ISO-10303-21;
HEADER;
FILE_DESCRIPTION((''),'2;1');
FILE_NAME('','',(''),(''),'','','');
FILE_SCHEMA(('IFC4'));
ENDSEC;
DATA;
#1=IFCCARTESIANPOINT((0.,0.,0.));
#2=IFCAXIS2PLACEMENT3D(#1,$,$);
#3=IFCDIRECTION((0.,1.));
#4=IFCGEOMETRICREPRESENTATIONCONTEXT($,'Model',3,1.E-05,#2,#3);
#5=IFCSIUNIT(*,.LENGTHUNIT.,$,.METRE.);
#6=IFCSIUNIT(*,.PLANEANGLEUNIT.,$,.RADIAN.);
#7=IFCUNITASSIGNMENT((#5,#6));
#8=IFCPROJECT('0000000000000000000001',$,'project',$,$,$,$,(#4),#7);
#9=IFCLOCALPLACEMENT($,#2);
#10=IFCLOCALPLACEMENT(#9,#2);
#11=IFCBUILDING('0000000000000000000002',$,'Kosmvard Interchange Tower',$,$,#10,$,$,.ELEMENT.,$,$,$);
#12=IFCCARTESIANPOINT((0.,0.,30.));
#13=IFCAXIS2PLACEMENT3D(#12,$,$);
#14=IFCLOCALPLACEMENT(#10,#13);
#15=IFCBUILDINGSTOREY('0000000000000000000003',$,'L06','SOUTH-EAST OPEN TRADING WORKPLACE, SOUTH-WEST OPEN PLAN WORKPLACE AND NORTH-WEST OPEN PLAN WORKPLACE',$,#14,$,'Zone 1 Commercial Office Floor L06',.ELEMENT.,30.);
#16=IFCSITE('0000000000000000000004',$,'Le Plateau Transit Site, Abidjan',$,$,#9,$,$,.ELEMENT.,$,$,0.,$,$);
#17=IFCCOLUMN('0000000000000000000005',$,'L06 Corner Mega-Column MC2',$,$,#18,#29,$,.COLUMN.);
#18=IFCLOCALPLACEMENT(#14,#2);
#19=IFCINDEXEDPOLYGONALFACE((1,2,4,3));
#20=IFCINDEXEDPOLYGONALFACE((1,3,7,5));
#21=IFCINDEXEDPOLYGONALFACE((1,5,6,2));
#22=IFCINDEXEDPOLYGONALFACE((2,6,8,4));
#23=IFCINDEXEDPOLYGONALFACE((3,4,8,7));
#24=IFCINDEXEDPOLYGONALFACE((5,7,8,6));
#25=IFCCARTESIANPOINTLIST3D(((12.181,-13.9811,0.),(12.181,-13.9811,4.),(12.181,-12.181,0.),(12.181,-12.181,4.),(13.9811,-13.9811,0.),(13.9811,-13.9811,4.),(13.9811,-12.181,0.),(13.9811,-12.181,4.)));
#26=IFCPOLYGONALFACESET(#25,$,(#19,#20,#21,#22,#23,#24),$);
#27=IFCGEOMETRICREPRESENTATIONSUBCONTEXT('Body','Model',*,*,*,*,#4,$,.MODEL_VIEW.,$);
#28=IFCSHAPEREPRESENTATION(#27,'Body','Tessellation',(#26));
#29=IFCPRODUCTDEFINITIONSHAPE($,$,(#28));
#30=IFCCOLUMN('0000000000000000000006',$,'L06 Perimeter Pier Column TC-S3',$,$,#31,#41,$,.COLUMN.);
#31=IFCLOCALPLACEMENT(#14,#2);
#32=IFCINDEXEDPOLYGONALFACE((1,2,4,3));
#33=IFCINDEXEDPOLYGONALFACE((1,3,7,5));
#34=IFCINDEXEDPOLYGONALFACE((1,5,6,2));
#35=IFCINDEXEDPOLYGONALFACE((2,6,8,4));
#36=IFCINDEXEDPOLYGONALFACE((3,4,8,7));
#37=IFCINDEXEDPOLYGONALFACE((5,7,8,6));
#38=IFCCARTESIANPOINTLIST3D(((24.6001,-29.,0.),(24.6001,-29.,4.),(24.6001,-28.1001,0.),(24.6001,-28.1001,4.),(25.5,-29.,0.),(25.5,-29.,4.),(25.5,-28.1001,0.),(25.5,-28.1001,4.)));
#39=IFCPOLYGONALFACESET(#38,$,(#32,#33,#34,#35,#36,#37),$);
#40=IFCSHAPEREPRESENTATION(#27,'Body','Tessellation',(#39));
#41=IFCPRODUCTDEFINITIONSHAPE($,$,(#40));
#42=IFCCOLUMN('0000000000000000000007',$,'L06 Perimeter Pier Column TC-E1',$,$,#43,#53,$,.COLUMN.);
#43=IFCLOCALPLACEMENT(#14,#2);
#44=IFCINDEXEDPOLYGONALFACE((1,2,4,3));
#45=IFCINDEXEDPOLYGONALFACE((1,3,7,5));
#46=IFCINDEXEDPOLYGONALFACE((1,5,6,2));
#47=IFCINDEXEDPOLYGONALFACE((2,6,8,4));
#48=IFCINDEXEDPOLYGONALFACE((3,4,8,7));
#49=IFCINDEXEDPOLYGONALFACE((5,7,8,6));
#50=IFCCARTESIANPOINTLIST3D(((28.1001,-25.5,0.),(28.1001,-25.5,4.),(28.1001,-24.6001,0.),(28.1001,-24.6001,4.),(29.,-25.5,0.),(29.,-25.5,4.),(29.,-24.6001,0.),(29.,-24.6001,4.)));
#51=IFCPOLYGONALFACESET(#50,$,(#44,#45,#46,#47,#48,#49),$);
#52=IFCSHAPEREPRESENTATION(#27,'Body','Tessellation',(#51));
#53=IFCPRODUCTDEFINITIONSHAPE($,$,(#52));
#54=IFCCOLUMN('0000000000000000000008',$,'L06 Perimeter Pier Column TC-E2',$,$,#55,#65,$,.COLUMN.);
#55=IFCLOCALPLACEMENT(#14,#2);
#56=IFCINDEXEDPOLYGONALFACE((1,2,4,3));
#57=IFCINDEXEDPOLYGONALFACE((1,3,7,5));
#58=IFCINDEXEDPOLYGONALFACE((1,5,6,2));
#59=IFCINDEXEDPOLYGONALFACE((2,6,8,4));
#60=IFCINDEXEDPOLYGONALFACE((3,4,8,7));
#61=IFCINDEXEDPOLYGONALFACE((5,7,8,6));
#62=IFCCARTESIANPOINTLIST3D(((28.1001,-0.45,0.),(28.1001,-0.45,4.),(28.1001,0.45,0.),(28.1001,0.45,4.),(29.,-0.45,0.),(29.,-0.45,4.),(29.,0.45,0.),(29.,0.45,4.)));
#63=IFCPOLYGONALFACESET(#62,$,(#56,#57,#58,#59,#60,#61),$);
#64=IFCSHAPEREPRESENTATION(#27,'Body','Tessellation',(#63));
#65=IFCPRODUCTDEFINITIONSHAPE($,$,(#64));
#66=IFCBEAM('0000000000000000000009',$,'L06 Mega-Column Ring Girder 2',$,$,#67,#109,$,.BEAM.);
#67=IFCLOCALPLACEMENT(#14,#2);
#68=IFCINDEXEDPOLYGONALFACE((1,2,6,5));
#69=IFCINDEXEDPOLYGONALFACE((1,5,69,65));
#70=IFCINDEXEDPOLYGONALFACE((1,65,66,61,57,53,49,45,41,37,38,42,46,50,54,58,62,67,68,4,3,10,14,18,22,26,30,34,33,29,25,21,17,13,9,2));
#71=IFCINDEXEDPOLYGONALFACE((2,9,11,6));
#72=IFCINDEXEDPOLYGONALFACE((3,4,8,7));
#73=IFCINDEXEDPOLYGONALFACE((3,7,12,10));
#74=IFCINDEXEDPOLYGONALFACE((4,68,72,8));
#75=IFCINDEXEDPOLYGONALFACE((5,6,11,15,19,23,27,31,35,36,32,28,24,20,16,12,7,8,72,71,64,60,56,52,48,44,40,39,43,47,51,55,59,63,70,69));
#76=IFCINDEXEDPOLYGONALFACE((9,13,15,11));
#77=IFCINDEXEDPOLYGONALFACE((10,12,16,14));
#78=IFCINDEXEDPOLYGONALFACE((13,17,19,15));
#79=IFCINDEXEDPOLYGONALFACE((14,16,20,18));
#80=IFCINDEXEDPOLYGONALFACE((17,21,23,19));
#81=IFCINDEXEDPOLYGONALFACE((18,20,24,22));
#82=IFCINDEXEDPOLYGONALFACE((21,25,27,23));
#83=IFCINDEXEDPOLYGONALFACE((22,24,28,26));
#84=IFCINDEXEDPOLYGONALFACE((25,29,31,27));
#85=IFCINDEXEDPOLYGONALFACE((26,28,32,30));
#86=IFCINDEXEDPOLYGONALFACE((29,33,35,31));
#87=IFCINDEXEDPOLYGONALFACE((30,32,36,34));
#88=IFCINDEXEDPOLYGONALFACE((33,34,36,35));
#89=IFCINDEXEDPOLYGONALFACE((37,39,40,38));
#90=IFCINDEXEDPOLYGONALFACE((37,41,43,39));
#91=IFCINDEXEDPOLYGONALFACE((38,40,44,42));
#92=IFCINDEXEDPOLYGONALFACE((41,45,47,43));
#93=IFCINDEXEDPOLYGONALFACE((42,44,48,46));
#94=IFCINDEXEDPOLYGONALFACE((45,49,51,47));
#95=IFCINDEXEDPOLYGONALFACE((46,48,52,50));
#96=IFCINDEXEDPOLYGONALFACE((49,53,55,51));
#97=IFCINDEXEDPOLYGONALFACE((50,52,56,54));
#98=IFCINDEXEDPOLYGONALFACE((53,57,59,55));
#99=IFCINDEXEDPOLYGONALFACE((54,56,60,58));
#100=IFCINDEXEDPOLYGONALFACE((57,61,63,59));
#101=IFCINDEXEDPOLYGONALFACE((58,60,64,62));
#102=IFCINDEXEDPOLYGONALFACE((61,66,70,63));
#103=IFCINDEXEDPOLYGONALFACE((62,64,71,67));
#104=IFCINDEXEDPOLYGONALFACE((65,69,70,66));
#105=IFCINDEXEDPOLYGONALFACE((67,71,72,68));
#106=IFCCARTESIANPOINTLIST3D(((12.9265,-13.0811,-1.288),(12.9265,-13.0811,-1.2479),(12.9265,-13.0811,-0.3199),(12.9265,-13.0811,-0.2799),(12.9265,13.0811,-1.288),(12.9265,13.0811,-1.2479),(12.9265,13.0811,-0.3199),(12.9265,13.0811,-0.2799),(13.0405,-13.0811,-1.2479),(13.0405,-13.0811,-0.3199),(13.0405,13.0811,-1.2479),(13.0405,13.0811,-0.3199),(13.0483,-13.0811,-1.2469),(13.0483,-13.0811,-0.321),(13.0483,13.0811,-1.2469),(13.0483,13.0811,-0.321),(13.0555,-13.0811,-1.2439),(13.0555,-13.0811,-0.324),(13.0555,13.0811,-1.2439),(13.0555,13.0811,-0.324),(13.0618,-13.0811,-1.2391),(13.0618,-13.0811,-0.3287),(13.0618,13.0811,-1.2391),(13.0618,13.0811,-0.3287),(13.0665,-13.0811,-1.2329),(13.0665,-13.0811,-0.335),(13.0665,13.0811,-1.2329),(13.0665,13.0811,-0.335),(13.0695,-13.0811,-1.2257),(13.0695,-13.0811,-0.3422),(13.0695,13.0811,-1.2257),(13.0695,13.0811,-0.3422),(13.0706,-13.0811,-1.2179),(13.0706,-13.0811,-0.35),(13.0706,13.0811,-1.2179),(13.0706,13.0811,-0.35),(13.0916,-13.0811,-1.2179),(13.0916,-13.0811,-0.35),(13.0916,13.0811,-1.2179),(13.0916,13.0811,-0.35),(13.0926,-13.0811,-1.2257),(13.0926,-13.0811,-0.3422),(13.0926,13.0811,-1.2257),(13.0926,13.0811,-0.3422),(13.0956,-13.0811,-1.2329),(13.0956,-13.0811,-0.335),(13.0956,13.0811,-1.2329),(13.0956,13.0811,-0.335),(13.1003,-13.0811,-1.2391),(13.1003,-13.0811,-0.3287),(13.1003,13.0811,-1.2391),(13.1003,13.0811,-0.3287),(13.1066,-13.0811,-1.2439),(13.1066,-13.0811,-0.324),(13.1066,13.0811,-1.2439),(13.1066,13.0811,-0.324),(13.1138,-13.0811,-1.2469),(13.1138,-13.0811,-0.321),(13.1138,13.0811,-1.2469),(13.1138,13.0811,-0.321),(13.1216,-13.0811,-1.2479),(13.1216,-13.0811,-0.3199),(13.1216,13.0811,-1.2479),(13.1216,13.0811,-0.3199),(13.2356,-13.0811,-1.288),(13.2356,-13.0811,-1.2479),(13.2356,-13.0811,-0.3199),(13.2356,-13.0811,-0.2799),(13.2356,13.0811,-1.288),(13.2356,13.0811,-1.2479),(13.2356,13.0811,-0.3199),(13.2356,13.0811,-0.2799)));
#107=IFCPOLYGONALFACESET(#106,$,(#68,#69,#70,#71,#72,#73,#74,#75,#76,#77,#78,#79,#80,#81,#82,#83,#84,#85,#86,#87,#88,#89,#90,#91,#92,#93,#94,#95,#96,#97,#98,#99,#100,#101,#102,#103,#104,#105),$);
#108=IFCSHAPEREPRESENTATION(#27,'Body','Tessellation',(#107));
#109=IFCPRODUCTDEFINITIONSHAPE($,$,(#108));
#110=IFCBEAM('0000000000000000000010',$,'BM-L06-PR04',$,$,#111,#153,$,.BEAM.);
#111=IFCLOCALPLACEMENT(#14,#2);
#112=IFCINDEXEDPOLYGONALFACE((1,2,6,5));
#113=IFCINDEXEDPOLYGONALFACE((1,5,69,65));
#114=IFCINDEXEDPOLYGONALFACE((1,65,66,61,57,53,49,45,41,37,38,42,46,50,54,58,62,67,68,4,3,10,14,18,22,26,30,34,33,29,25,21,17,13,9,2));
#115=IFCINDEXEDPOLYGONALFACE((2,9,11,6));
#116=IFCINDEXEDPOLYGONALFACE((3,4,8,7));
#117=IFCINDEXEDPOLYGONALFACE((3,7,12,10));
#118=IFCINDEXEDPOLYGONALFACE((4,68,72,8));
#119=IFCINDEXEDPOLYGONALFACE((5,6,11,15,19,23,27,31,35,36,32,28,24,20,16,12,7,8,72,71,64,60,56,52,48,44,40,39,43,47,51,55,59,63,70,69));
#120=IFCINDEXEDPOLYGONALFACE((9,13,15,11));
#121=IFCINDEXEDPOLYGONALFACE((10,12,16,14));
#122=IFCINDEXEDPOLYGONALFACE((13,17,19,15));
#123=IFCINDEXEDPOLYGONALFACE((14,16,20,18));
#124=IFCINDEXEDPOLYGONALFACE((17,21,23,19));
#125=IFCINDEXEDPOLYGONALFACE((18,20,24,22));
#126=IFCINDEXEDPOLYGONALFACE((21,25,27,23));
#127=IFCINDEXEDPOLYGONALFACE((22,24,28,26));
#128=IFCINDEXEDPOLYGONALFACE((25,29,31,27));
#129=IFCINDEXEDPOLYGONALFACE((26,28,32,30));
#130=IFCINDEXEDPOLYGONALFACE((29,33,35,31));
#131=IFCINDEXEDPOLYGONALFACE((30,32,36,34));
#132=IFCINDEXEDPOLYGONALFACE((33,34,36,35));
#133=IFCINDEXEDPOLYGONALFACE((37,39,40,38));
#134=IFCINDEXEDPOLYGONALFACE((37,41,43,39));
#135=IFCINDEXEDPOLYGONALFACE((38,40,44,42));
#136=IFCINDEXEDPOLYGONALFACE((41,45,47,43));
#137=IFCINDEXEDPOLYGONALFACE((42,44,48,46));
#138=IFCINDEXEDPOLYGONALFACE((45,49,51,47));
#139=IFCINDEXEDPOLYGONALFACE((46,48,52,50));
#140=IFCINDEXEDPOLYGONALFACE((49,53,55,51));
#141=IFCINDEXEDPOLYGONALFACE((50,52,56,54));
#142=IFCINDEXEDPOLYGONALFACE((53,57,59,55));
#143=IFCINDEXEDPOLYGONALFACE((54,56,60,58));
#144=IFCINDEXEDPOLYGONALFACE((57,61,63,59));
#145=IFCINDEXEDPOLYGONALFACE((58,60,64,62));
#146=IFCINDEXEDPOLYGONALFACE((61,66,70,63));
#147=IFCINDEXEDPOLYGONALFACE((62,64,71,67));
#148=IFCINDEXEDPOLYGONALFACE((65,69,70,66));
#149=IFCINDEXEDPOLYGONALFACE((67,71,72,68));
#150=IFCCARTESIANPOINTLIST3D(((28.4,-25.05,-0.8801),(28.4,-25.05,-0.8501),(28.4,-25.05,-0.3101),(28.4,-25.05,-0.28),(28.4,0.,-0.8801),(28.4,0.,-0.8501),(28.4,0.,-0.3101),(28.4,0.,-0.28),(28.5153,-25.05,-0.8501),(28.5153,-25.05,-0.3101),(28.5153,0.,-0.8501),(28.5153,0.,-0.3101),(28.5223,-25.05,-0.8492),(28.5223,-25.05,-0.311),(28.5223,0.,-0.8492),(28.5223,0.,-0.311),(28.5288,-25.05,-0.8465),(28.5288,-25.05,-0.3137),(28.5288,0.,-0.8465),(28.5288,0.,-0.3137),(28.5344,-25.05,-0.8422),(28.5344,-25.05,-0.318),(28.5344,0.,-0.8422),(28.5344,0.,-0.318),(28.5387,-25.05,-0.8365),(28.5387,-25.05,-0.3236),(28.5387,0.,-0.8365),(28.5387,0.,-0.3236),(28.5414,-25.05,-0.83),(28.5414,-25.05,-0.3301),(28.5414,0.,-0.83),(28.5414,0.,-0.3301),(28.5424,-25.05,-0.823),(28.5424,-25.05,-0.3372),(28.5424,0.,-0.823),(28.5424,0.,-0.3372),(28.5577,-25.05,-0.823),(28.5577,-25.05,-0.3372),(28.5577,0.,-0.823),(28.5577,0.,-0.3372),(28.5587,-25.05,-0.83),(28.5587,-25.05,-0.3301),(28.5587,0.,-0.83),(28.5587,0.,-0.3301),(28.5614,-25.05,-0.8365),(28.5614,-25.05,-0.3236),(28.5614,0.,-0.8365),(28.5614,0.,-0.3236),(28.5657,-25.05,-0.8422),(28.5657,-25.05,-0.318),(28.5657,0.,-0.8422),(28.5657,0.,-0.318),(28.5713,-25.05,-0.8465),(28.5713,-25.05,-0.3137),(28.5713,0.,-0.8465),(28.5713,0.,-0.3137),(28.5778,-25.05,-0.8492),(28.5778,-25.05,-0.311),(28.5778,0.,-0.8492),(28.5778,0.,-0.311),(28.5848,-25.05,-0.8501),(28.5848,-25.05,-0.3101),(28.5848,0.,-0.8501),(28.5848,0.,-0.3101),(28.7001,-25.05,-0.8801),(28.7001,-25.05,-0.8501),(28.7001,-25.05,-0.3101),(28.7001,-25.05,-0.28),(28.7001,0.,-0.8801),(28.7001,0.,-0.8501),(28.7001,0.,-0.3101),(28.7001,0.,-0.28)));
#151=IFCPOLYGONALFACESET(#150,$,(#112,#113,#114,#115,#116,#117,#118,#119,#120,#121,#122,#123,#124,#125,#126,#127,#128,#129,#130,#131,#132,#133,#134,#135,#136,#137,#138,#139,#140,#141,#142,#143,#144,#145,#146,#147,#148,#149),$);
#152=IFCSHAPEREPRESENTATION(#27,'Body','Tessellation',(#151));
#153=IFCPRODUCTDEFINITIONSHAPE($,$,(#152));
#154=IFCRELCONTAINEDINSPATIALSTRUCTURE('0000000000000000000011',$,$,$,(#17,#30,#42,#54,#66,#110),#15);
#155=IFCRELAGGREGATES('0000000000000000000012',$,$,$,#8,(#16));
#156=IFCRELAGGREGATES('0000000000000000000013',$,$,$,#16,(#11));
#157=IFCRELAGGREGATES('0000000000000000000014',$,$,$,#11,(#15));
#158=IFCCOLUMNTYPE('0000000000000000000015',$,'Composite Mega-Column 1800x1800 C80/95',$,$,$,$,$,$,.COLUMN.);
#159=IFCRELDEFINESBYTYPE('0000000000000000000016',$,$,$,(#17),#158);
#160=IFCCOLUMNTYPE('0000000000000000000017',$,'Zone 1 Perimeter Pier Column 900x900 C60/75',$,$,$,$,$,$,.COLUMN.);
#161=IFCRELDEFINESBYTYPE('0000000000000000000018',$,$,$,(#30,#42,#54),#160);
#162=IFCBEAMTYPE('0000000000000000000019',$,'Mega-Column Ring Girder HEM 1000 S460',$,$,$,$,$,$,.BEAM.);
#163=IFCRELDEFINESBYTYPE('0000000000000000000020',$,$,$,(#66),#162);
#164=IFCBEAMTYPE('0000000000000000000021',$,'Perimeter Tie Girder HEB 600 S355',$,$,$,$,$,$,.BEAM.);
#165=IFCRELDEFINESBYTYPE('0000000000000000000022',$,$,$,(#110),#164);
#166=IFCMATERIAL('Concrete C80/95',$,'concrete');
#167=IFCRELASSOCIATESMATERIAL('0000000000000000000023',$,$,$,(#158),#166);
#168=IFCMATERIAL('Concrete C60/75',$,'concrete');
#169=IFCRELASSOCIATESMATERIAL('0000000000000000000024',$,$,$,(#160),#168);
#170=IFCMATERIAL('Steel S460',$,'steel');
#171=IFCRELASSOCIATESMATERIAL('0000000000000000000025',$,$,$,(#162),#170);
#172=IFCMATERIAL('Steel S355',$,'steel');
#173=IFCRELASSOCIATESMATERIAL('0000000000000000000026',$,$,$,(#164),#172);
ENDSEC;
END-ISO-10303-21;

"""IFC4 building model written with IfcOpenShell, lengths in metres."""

from ifc_helpers import new_model, si_unit, direction, frame, origin, origin_2d, place, context, subcontext, project, spatial, rectangle, i_section, extrude, source, transform, mapped, material, material_profile, profile_set, type_object, element, save


model = new_model("IFC4")

# Units and contexts
model_context = context("Model", 3, precision=1e-05, world=origin(), true_north=direction((0.0, 1.0)))
body_context = subcontext(model_context, "Body", "Model", "MODEL_VIEW")
ifc_project = project(units=[si_unit("LENGTHUNIT", "METRE"), si_unit("PLANEANGLEUNIT", "RADIAN")], contexts=[model_context])

# Site, building, storey
site_placement = place(None, origin())
site = spatial("IfcSite", under=ifc_project, at=site_placement, Name="Le Plateau Transit Site, Abidjan", CompositionType="ELEMENT", RefElevation=0.0)
building_placement = place(site_placement, origin())
building = spatial("IfcBuilding", under=site, at=building_placement, Name="Kosmvard Interchange Tower", CompositionType="ELEMENT")
storey_placement = place(building_placement, frame((0.0, 0.0, 30.0)))
storey = spatial("IfcBuildingStorey", under=building, at=storey_placement, Name="L06", Description="SOUTH-EAST OPEN TRADING WORKPLACE, SOUTH-WEST OPEN PLAN WORKPLACE AND NORTH-WEST OPEN PLAN WORKPLACE", LongName="Zone 1 Commercial Office Floor L06", CompositionType="ELEMENT", Elevation=30.0)

# Columns
ifc_material_1 = material(Name="Concrete C80/95", Category="concrete")
ifc_material_profile_1 = material_profile(ifc_material_1, rectangle(XDim=1.8, YDim=1.8, at=origin_2d()), Name="MC 1800x1800")
ifc_profile_set_1 = profile_set([ifc_material_profile_1], Name="Concrete C80/95")
column_type_1 = type_object("IfcColumnType", Name="Composite Mega-Column 1800x1800 C80/95", PredefinedType="COLUMN", material=ifc_profile_set_1)
shared_shape_1 = source(origin(), body_context, "Body", "SweptSolid", [
    extrude(rectangle(XDim=1.8, YDim=1.8, at=origin_2d()), origin(), (0.0, 0.0, 1.0), 4.0),
])
column_placement = place(storey_placement, frame((13.0811, -13.0811, 0.0), z_axis=(0.0, 0.0, 1.0), x_axis=(1.0, 0.0, 0.0)))
element("IfcColumn", 1, at=column_placement, inside=storey, type_object=column_type_1, Name="L06 Corner Mega-Column MC2", PredefinedType="COLUMN", context=body_context, shape_type="MappedRepresentation", body=[
    mapped(shared_shape_1, transform((0.0, 0.0, 0.0), scale=1.0)),
])
ifc_material_2 = material(Name="Concrete C60/75", Category="concrete")
ifc_material_profile_2 = material_profile(ifc_material_2, rectangle(XDim=0.8999, YDim=0.8999, at=origin_2d()), Name="TC 900x900")
ifc_profile_set_2 = profile_set([ifc_material_profile_2], Name="Concrete C60/75")
column_type_2 = type_object("IfcColumnType", Name="Zone 1 Perimeter Pier Column 900x900 C60/75", PredefinedType="COLUMN", material=ifc_profile_set_2)
shared_shape_2 = source(origin(), body_context, "Body", "SweptSolid", [
    extrude(rectangle(XDim=0.8999, YDim=0.8999, at=origin_2d()), origin(), (0.0, 0.0, 1.0), 4.0),
])
for number, where, z_axis, x_axis, name in (
    (2, (25.05, -28.55, 0.0), (0.0, 0.0, 1.0), (1.0, 0.0, 0.0), "L06 Perimeter Pier Column TC-S3"),
    (3, (28.55, -25.05, 0.0), (0.0, 0.0, 1.0), (1.0, 0.0, 0.0), "L06 Perimeter Pier Column TC-E1"),
    (4, (28.55, 0.0, 0.0), (0.0, 0.0, 1.0), (1.0, 0.0, 0.0), "L06 Perimeter Pier Column TC-E2"),
):
    element("IfcColumn", number, at=place(storey_placement, frame(where, z_axis=z_axis, x_axis=x_axis)), inside=storey, type_object=column_type_2, Name=name, PredefinedType="COLUMN", context=body_context, shape_type="MappedRepresentation", body=[
        mapped(shared_shape_2, transform((0.0, 0.0, 0.0), scale=1.0)),
    ])

# Beams
ifc_material_3 = material(Name="Steel S460", Category="steel")
ifc_material_profile_3 = material_profile(ifc_material_3, i_section(OverallWidth=0.3091, OverallDepth=1.0081, WebThickness=0.021, FlangeThickness=0.04, FilletRadius=0.03, at=origin_2d()), Name="HEM 1000")
ifc_profile_set_3 = profile_set([ifc_material_profile_3], Name="Steel S460")
beam_type_1 = type_object("IfcBeamType", Name="Mega-Column Ring Girder HEM 1000 S460", PredefinedType="BEAM", material=ifc_profile_set_3)
shared_shape_3 = source(origin(), body_context, "Body", "SweptSolid", [
    extrude(i_section(OverallWidth=0.3091, OverallDepth=1.0081, WebThickness=0.021, FlangeThickness=0.04, FilletRadius=0.03, at=origin_2d()), origin(), (0.0, 0.0, 1.0), 26.1621),
])
beam_1_placement = place(storey_placement, frame((13.0811, -13.0811, -0.7839), z_axis=(0.0, 1.0, 0.0), x_axis=(-1.0, 0.0, 0.0)))
element("IfcBeam", 5, at=beam_1_placement, inside=storey, type_object=beam_type_1, Name="L06 Mega-Column Ring Girder 2", PredefinedType="BEAM", context=body_context, shape_type="MappedRepresentation", body=[
    mapped(shared_shape_3, transform((0.0, 0.0, 0.0), scale=1.0)),
])
ifc_material_4 = material(Name="Steel S355", Category="steel")
ifc_material_profile_4 = material_profile(ifc_material_4, i_section(OverallWidth=0.3, OverallDepth=0.6001, WebThickness=0.0154, FlangeThickness=0.03, FilletRadius=0.0271, at=origin_2d()), Name="HEB 600")
ifc_profile_set_4 = profile_set([ifc_material_profile_4], Name="Steel S355")
beam_type_2 = type_object("IfcBeamType", Name="Perimeter Tie Girder HEB 600 S355", PredefinedType="BEAM", material=ifc_profile_set_4)
shared_shape_4 = source(origin(), body_context, "Body", "SweptSolid", [
    extrude(i_section(OverallWidth=0.3, OverallDepth=0.6001, WebThickness=0.0154, FlangeThickness=0.03, FilletRadius=0.0271, at=origin_2d()), origin(), (0.0, 0.0, 1.0), 25.05),
])
for number, where, z_axis, x_axis, name in (
    (6, (28.55, -25.05, -0.5801), (0.0, 1.0, 0.0), (-1.0, 0.0, 0.0), "BM-L06-PR04"),
):
    element("IfcBeam", number, at=place(storey_placement, frame(where, z_axis=z_axis, x_axis=x_axis)), inside=storey, type_object=beam_type_2, Name=name, PredefinedType="BEAM", context=body_context, shape_type="MappedRepresentation", body=[
        mapped(shared_shape_4, transform((0.0, 0.0, 0.0), scale=1.0)),
    ])

save(model, "model.ifc")
